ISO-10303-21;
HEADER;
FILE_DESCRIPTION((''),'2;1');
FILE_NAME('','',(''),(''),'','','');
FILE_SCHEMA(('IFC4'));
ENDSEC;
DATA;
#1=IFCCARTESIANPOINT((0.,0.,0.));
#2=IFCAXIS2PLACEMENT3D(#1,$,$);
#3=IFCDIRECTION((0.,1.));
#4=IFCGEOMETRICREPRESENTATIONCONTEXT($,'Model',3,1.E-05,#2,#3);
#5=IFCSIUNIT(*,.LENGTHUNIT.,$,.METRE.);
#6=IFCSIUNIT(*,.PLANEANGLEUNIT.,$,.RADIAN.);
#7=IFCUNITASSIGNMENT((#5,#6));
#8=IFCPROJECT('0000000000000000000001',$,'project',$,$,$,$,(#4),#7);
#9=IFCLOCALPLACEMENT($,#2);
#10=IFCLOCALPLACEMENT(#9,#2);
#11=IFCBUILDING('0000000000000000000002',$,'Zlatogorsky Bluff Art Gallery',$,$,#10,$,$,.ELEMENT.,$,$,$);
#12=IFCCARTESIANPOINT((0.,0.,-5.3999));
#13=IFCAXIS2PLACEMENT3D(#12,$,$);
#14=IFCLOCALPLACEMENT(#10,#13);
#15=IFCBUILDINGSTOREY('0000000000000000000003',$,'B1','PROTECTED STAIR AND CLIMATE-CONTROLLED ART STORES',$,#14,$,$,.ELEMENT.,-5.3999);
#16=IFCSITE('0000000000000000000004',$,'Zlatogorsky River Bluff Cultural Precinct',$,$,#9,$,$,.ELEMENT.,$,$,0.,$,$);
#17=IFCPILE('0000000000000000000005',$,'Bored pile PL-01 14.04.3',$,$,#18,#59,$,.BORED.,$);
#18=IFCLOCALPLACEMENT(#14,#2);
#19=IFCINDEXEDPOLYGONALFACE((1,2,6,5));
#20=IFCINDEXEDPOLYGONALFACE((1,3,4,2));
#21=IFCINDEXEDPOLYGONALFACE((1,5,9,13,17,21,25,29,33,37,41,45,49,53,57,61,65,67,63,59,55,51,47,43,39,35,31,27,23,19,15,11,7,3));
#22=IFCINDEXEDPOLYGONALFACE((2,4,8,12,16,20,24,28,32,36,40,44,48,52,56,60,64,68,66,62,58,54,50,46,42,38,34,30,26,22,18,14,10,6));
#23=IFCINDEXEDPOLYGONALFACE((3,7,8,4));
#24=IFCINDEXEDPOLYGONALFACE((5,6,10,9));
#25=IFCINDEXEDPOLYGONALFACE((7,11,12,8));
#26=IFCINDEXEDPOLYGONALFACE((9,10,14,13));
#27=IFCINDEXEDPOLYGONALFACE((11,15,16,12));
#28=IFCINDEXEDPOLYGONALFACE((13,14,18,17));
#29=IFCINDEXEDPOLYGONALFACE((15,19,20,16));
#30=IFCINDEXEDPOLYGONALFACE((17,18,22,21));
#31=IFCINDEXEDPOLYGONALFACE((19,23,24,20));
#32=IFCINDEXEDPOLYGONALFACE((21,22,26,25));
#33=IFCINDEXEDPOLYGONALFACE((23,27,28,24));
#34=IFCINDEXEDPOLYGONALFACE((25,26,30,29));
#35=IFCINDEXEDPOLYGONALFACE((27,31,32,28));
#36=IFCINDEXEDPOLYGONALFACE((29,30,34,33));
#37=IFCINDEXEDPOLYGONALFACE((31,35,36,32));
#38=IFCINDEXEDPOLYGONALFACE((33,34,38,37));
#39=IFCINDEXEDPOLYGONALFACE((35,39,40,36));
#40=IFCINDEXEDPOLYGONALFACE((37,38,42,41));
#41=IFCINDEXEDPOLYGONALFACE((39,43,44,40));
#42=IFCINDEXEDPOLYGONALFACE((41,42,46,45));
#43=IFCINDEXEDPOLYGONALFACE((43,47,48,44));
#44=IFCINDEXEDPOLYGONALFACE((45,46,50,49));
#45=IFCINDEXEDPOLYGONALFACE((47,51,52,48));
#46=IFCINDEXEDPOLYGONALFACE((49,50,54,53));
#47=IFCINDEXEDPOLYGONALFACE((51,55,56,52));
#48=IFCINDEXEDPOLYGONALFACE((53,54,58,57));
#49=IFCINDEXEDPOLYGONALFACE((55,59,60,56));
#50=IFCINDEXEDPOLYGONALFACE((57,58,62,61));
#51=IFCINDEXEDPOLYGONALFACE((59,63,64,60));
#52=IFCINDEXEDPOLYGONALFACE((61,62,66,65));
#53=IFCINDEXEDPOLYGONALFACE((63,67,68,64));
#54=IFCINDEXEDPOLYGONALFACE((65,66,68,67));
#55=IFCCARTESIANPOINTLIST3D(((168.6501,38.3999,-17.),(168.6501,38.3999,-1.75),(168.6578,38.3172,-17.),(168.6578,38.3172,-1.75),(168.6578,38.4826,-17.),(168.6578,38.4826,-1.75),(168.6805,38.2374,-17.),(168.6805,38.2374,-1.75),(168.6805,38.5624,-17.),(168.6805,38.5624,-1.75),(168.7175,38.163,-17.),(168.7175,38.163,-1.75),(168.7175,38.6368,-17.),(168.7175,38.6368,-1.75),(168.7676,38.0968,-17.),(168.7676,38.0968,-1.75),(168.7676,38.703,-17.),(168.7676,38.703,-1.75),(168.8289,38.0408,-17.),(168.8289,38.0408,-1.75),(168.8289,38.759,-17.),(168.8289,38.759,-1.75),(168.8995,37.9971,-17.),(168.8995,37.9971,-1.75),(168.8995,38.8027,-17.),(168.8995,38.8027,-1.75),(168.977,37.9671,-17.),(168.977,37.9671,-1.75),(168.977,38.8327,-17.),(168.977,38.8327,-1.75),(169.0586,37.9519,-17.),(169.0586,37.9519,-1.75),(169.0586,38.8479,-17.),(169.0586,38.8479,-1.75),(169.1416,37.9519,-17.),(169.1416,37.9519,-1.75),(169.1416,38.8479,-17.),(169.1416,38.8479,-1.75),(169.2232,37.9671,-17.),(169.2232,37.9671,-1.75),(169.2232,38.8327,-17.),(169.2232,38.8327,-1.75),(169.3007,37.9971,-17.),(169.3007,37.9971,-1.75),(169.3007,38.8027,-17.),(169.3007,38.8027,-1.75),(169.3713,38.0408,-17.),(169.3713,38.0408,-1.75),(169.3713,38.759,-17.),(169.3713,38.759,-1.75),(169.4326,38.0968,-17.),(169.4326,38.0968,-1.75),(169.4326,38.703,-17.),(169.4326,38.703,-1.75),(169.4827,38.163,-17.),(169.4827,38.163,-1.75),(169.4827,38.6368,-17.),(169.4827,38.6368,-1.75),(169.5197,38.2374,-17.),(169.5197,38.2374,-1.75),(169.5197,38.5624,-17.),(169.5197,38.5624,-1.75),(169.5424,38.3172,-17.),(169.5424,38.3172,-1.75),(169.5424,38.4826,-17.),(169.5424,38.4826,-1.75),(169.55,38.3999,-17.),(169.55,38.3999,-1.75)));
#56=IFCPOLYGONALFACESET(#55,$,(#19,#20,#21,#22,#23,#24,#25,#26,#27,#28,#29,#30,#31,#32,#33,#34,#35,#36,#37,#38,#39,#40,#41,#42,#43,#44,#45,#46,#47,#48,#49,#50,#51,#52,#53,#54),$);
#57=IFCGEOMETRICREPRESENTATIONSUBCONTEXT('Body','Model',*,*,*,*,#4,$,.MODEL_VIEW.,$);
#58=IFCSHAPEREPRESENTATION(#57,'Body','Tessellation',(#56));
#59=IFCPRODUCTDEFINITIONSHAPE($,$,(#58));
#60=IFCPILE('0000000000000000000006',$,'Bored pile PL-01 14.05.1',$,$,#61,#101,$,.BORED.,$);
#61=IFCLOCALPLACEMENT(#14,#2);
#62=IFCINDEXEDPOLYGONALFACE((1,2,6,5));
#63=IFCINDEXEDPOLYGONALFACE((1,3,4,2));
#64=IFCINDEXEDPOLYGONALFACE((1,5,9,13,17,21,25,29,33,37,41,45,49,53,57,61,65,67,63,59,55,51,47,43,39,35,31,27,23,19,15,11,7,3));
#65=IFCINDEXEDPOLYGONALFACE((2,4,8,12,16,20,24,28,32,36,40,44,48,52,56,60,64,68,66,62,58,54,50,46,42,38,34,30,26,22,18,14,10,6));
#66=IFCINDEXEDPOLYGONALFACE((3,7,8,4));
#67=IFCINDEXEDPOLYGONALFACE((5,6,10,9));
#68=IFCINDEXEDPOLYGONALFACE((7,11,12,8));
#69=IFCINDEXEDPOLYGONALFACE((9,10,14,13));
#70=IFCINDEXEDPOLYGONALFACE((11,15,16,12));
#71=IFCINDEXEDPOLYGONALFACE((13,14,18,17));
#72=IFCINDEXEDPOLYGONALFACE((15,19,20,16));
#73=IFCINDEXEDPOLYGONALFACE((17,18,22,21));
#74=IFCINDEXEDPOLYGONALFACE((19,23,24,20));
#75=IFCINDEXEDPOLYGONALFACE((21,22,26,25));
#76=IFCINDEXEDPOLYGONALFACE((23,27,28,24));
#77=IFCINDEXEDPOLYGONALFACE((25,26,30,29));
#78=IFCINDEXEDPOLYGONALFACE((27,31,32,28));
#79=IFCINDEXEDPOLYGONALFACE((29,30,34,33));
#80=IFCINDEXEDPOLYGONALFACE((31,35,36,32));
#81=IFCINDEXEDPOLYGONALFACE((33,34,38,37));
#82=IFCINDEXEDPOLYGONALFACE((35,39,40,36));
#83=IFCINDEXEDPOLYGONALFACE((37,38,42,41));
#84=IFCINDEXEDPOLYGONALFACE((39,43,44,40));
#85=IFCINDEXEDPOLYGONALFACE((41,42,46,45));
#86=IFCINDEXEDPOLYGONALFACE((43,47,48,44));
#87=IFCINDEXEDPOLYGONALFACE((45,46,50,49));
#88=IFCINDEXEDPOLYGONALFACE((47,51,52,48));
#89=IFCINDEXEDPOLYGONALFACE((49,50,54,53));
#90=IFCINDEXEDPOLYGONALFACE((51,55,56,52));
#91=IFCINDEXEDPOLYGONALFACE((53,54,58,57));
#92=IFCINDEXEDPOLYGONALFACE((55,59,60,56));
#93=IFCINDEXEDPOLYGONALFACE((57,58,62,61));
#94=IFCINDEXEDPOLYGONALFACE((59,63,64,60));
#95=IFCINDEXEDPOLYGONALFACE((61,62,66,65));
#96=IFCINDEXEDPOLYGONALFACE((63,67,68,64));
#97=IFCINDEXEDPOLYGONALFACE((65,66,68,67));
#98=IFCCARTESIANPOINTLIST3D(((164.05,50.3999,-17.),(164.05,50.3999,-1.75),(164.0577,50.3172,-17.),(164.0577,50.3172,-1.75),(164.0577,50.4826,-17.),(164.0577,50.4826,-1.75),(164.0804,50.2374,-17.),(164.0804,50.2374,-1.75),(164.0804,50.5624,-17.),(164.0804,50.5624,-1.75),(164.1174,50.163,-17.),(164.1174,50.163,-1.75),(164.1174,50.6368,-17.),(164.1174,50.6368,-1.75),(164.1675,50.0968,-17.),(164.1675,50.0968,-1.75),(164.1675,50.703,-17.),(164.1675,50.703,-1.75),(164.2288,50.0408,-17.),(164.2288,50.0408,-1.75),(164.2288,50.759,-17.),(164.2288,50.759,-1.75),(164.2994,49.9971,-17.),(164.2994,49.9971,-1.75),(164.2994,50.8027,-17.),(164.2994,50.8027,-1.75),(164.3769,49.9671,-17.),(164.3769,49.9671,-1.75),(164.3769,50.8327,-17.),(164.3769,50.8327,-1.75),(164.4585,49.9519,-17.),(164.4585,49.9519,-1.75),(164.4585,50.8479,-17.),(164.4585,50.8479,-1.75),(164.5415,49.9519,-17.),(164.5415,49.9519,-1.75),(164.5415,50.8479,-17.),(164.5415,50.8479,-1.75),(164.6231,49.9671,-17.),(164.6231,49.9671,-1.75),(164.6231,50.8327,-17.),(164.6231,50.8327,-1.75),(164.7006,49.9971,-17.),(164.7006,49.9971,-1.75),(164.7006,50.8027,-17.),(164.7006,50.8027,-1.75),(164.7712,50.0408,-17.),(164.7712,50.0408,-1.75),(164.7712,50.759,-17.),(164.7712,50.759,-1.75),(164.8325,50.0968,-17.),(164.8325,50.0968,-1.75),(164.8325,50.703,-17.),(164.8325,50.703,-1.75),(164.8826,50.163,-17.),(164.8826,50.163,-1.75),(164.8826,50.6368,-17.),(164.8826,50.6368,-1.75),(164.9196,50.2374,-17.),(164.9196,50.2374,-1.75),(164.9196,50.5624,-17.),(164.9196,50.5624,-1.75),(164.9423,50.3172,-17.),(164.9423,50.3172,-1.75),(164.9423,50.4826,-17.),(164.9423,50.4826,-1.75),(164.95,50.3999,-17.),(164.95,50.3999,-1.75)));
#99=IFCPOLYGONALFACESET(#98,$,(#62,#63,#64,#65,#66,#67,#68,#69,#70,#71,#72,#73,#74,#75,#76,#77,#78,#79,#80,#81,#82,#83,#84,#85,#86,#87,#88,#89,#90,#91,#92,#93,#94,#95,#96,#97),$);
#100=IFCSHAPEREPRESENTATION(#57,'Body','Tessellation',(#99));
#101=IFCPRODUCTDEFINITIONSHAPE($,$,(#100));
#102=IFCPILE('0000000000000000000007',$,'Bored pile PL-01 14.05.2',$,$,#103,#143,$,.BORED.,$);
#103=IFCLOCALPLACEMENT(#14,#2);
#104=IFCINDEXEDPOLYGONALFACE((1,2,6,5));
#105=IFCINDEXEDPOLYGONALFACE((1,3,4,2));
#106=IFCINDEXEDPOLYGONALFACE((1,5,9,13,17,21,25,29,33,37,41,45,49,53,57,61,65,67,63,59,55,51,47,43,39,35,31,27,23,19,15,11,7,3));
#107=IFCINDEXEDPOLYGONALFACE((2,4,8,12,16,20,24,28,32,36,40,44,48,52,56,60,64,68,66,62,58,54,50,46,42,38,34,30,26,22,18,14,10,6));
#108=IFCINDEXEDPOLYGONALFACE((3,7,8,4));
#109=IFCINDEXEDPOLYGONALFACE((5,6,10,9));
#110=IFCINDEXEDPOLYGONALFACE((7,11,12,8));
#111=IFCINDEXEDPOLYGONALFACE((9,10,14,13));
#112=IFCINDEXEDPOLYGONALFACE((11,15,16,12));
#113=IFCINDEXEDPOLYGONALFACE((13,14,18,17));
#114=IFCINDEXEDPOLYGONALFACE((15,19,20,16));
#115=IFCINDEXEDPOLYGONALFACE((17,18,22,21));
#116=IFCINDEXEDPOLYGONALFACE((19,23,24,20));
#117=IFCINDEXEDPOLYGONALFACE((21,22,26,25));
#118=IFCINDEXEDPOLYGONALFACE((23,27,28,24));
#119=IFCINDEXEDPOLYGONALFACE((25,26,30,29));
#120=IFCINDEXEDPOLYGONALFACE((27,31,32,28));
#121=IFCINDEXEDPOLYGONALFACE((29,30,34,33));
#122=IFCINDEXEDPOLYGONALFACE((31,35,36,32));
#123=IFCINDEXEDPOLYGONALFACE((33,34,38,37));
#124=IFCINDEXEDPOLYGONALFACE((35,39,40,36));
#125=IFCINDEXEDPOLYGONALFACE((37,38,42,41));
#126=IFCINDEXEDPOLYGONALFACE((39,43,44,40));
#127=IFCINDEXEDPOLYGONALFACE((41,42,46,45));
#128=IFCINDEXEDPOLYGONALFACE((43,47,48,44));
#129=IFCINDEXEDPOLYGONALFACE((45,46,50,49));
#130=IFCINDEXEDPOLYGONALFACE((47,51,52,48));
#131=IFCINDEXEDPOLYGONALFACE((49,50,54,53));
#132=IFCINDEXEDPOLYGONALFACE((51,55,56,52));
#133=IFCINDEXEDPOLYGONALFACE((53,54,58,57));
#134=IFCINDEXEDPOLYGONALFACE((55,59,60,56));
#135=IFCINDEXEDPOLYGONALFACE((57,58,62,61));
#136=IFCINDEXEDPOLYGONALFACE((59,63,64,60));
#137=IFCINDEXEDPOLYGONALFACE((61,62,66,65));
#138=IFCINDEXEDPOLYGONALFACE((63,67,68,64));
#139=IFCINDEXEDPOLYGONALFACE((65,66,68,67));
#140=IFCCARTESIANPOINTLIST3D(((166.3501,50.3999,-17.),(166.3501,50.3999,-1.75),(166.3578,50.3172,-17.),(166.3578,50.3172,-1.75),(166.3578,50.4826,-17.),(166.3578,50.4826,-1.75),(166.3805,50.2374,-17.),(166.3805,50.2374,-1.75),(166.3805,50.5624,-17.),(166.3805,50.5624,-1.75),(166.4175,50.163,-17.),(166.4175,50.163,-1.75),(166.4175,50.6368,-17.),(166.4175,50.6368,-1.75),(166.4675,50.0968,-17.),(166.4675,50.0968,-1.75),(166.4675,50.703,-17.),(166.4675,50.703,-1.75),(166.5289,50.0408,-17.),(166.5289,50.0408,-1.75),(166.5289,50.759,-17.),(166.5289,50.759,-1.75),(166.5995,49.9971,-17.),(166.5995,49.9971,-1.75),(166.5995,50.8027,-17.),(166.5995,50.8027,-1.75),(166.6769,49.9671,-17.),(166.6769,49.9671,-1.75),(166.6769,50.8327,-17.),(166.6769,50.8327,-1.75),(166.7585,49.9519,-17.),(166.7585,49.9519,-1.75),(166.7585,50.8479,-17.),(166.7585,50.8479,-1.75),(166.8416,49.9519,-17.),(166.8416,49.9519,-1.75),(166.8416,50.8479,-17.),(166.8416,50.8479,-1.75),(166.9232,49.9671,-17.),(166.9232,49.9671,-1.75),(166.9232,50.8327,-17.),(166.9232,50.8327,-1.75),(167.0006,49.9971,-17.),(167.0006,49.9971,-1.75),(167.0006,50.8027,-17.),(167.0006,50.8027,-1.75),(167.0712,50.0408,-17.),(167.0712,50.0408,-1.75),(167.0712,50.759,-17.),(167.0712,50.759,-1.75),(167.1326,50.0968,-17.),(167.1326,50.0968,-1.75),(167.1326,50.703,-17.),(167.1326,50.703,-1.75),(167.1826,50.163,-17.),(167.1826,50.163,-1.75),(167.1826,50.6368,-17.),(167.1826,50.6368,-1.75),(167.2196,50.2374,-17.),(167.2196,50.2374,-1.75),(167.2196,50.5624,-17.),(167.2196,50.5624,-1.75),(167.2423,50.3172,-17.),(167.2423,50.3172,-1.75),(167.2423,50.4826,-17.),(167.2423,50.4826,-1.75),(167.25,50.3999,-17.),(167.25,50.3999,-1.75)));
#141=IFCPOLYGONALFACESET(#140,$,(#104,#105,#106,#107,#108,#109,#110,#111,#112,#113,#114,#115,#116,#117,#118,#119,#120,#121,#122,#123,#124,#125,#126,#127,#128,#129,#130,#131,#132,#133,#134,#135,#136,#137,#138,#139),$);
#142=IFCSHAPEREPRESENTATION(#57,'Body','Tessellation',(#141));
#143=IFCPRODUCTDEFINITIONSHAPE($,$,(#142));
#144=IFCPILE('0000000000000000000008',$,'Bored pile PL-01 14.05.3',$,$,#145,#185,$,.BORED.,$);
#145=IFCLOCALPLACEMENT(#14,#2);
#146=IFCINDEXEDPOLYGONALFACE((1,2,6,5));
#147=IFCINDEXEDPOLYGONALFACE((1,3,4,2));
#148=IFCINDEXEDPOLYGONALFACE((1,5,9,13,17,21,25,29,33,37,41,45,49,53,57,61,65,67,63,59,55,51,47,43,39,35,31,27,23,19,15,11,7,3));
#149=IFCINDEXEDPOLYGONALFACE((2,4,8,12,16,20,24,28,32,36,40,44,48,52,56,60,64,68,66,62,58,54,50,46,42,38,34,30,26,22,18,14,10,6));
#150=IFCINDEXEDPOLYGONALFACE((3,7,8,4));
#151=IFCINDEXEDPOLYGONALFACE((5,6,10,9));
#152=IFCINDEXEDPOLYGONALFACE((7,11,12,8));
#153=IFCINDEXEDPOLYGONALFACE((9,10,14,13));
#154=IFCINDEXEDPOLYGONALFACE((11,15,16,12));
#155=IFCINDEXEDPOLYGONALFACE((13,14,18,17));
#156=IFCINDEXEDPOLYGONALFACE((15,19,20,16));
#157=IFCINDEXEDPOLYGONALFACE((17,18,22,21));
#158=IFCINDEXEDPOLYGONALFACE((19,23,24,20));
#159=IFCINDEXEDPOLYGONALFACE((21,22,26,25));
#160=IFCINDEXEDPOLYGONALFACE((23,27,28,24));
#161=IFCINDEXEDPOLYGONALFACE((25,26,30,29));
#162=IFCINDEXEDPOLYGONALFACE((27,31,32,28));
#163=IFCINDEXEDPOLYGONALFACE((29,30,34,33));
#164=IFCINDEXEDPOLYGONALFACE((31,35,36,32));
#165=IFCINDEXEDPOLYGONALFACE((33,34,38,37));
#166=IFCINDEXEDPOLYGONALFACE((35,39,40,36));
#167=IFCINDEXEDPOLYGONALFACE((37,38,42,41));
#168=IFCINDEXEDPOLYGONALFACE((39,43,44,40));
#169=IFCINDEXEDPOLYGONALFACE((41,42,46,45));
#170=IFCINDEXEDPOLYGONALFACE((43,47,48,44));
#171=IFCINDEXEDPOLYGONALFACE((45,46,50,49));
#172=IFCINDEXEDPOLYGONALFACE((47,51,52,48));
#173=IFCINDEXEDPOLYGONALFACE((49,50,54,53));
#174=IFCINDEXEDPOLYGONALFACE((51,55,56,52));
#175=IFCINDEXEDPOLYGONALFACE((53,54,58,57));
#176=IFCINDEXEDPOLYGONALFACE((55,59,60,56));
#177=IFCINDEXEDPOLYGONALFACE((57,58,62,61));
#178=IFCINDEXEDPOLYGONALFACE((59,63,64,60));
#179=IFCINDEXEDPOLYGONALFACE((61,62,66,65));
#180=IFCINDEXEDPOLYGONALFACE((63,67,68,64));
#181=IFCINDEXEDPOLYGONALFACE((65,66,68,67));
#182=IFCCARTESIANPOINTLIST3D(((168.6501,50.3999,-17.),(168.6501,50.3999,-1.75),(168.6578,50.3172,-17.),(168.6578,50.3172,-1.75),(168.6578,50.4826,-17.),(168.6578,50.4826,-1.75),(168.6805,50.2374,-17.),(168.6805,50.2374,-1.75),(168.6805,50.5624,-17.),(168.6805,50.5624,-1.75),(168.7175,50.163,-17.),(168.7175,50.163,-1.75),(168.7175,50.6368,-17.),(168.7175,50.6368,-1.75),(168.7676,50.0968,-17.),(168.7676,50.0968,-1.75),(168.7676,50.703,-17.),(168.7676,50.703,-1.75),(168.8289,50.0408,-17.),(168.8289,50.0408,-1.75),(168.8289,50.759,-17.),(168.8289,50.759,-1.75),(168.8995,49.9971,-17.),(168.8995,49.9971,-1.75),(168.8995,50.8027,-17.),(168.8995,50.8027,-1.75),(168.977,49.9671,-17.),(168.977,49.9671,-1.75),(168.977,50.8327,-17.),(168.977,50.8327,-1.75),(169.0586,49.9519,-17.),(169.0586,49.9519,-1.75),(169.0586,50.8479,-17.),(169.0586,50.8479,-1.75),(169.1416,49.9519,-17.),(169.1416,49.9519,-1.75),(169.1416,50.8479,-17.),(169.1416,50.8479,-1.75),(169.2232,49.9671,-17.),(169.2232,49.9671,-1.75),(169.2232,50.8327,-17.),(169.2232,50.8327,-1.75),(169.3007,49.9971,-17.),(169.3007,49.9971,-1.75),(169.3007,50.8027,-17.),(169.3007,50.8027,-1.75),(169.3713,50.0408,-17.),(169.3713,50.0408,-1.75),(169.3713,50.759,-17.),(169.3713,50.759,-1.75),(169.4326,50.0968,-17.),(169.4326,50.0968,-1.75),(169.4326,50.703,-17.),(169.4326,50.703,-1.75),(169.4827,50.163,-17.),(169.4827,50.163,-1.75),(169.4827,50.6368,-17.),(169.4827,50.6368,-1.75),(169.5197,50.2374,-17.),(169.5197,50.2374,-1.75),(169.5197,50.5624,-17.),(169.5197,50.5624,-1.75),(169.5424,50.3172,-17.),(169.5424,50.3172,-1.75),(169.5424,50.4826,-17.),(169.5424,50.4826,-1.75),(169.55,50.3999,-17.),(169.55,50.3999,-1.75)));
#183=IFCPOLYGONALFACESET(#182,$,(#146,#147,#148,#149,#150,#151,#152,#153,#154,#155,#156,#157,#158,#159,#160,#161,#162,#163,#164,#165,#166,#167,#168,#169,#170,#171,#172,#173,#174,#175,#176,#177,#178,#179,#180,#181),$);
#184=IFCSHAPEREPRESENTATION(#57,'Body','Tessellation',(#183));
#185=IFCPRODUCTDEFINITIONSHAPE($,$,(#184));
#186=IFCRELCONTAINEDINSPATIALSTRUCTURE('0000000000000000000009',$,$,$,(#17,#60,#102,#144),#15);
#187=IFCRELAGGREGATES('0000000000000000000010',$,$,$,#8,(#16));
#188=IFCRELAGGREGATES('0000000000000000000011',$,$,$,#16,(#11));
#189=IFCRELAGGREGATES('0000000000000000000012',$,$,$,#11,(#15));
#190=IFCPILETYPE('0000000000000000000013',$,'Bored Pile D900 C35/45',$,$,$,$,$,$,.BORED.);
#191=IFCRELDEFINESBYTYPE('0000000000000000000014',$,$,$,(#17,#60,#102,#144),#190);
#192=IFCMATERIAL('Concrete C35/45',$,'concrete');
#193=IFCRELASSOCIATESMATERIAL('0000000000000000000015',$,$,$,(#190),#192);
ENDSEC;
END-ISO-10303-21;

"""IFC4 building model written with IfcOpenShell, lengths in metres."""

from ifc_helpers import new_model, si_unit, direction, frame, origin, origin_2d, place, context, subcontext, project, spatial, circle, extrude, material, material_profile, profile_set, type_object, element, save


model = new_model("IFC4")

# Units and contexts
model_context = context("Model", 3, precision=1e-05, world=origin(), true_north=direction((0.0, 1.0)))
body_context = subcontext(model_context, "Body", "Model", "MODEL_VIEW")
ifc_project = project(units=[si_unit("LENGTHUNIT", "METRE"), si_unit("PLANEANGLEUNIT", "RADIAN")], contexts=[model_context])

# Site, building, storey
site_placement = place(None, origin())
site = spatial("IfcSite", under=ifc_project, at=site_placement, Name="Zlatogorsky River Bluff Cultural Precinct", CompositionType="ELEMENT", RefElevation=0.0)
building_placement = place(site_placement, origin())
building = spatial("IfcBuilding", under=site, at=building_placement, Name="Zlatogorsky Bluff Art Gallery", CompositionType="ELEMENT")
storey_placement = place(building_placement, frame((0.0, 0.0, -5.3999)))
storey = spatial("IfcBuildingStorey", under=building, at=storey_placement, Name="B1", Description="PROTECTED STAIR AND CLIMATE-CONTROLLED ART STORES", CompositionType="ELEMENT", Elevation=-5.3999)

# Piles
ifc_material_1 = material(Name="Concrete C35/45", Category="concrete")
ifc_material_profile_1 = material_profile(ifc_material_1, circle(Radius=0.45, at=origin_2d()), Name="BORED PILE D900")
ifc_profile_set_1 = profile_set([ifc_material_profile_1], Name="Concrete C35/45")
pile_type = type_object("IfcPileType", Name="Bored Pile D900 C35/45", PredefinedType="BORED", material=ifc_profile_set_1)
for number, where, z_axis, x_axis, name in (
    (1, (169.1001, 38.3999, -1.75), (0.0, 0.0, -1.0), (1.0, 0.0, 0.0), "Bored pile PL-01 14.04.3"),
    (2, (164.5, 50.3999, -1.75), (0.0, 0.0, -1.0), (1.0, 0.0, 0.0), "Bored pile PL-01 14.05.1"),
    (3, (166.8, 50.3999, -1.75), (0.0, 0.0, -1.0), (1.0, 0.0, 0.0), "Bored pile PL-01 14.05.2"),
    (4, (169.1001, 50.3999, -1.75), (0.0, 0.0, -1.0), (1.0, 0.0, 0.0), "Bored pile PL-01 14.05.3"),
):
    element("IfcPile", number, at=place(storey_placement, frame(where, z_axis=z_axis, x_axis=x_axis)), inside=storey, type_object=pile_type, Name=name, PredefinedType="BORED", context=body_context, shape_type="SweptSolid", body=[
        extrude(circle(Radius=0.45, at=origin_2d()), origin(), (0.0, 0.0, 1.0), 15.25),
    ])

save(model, "model.ifc")
